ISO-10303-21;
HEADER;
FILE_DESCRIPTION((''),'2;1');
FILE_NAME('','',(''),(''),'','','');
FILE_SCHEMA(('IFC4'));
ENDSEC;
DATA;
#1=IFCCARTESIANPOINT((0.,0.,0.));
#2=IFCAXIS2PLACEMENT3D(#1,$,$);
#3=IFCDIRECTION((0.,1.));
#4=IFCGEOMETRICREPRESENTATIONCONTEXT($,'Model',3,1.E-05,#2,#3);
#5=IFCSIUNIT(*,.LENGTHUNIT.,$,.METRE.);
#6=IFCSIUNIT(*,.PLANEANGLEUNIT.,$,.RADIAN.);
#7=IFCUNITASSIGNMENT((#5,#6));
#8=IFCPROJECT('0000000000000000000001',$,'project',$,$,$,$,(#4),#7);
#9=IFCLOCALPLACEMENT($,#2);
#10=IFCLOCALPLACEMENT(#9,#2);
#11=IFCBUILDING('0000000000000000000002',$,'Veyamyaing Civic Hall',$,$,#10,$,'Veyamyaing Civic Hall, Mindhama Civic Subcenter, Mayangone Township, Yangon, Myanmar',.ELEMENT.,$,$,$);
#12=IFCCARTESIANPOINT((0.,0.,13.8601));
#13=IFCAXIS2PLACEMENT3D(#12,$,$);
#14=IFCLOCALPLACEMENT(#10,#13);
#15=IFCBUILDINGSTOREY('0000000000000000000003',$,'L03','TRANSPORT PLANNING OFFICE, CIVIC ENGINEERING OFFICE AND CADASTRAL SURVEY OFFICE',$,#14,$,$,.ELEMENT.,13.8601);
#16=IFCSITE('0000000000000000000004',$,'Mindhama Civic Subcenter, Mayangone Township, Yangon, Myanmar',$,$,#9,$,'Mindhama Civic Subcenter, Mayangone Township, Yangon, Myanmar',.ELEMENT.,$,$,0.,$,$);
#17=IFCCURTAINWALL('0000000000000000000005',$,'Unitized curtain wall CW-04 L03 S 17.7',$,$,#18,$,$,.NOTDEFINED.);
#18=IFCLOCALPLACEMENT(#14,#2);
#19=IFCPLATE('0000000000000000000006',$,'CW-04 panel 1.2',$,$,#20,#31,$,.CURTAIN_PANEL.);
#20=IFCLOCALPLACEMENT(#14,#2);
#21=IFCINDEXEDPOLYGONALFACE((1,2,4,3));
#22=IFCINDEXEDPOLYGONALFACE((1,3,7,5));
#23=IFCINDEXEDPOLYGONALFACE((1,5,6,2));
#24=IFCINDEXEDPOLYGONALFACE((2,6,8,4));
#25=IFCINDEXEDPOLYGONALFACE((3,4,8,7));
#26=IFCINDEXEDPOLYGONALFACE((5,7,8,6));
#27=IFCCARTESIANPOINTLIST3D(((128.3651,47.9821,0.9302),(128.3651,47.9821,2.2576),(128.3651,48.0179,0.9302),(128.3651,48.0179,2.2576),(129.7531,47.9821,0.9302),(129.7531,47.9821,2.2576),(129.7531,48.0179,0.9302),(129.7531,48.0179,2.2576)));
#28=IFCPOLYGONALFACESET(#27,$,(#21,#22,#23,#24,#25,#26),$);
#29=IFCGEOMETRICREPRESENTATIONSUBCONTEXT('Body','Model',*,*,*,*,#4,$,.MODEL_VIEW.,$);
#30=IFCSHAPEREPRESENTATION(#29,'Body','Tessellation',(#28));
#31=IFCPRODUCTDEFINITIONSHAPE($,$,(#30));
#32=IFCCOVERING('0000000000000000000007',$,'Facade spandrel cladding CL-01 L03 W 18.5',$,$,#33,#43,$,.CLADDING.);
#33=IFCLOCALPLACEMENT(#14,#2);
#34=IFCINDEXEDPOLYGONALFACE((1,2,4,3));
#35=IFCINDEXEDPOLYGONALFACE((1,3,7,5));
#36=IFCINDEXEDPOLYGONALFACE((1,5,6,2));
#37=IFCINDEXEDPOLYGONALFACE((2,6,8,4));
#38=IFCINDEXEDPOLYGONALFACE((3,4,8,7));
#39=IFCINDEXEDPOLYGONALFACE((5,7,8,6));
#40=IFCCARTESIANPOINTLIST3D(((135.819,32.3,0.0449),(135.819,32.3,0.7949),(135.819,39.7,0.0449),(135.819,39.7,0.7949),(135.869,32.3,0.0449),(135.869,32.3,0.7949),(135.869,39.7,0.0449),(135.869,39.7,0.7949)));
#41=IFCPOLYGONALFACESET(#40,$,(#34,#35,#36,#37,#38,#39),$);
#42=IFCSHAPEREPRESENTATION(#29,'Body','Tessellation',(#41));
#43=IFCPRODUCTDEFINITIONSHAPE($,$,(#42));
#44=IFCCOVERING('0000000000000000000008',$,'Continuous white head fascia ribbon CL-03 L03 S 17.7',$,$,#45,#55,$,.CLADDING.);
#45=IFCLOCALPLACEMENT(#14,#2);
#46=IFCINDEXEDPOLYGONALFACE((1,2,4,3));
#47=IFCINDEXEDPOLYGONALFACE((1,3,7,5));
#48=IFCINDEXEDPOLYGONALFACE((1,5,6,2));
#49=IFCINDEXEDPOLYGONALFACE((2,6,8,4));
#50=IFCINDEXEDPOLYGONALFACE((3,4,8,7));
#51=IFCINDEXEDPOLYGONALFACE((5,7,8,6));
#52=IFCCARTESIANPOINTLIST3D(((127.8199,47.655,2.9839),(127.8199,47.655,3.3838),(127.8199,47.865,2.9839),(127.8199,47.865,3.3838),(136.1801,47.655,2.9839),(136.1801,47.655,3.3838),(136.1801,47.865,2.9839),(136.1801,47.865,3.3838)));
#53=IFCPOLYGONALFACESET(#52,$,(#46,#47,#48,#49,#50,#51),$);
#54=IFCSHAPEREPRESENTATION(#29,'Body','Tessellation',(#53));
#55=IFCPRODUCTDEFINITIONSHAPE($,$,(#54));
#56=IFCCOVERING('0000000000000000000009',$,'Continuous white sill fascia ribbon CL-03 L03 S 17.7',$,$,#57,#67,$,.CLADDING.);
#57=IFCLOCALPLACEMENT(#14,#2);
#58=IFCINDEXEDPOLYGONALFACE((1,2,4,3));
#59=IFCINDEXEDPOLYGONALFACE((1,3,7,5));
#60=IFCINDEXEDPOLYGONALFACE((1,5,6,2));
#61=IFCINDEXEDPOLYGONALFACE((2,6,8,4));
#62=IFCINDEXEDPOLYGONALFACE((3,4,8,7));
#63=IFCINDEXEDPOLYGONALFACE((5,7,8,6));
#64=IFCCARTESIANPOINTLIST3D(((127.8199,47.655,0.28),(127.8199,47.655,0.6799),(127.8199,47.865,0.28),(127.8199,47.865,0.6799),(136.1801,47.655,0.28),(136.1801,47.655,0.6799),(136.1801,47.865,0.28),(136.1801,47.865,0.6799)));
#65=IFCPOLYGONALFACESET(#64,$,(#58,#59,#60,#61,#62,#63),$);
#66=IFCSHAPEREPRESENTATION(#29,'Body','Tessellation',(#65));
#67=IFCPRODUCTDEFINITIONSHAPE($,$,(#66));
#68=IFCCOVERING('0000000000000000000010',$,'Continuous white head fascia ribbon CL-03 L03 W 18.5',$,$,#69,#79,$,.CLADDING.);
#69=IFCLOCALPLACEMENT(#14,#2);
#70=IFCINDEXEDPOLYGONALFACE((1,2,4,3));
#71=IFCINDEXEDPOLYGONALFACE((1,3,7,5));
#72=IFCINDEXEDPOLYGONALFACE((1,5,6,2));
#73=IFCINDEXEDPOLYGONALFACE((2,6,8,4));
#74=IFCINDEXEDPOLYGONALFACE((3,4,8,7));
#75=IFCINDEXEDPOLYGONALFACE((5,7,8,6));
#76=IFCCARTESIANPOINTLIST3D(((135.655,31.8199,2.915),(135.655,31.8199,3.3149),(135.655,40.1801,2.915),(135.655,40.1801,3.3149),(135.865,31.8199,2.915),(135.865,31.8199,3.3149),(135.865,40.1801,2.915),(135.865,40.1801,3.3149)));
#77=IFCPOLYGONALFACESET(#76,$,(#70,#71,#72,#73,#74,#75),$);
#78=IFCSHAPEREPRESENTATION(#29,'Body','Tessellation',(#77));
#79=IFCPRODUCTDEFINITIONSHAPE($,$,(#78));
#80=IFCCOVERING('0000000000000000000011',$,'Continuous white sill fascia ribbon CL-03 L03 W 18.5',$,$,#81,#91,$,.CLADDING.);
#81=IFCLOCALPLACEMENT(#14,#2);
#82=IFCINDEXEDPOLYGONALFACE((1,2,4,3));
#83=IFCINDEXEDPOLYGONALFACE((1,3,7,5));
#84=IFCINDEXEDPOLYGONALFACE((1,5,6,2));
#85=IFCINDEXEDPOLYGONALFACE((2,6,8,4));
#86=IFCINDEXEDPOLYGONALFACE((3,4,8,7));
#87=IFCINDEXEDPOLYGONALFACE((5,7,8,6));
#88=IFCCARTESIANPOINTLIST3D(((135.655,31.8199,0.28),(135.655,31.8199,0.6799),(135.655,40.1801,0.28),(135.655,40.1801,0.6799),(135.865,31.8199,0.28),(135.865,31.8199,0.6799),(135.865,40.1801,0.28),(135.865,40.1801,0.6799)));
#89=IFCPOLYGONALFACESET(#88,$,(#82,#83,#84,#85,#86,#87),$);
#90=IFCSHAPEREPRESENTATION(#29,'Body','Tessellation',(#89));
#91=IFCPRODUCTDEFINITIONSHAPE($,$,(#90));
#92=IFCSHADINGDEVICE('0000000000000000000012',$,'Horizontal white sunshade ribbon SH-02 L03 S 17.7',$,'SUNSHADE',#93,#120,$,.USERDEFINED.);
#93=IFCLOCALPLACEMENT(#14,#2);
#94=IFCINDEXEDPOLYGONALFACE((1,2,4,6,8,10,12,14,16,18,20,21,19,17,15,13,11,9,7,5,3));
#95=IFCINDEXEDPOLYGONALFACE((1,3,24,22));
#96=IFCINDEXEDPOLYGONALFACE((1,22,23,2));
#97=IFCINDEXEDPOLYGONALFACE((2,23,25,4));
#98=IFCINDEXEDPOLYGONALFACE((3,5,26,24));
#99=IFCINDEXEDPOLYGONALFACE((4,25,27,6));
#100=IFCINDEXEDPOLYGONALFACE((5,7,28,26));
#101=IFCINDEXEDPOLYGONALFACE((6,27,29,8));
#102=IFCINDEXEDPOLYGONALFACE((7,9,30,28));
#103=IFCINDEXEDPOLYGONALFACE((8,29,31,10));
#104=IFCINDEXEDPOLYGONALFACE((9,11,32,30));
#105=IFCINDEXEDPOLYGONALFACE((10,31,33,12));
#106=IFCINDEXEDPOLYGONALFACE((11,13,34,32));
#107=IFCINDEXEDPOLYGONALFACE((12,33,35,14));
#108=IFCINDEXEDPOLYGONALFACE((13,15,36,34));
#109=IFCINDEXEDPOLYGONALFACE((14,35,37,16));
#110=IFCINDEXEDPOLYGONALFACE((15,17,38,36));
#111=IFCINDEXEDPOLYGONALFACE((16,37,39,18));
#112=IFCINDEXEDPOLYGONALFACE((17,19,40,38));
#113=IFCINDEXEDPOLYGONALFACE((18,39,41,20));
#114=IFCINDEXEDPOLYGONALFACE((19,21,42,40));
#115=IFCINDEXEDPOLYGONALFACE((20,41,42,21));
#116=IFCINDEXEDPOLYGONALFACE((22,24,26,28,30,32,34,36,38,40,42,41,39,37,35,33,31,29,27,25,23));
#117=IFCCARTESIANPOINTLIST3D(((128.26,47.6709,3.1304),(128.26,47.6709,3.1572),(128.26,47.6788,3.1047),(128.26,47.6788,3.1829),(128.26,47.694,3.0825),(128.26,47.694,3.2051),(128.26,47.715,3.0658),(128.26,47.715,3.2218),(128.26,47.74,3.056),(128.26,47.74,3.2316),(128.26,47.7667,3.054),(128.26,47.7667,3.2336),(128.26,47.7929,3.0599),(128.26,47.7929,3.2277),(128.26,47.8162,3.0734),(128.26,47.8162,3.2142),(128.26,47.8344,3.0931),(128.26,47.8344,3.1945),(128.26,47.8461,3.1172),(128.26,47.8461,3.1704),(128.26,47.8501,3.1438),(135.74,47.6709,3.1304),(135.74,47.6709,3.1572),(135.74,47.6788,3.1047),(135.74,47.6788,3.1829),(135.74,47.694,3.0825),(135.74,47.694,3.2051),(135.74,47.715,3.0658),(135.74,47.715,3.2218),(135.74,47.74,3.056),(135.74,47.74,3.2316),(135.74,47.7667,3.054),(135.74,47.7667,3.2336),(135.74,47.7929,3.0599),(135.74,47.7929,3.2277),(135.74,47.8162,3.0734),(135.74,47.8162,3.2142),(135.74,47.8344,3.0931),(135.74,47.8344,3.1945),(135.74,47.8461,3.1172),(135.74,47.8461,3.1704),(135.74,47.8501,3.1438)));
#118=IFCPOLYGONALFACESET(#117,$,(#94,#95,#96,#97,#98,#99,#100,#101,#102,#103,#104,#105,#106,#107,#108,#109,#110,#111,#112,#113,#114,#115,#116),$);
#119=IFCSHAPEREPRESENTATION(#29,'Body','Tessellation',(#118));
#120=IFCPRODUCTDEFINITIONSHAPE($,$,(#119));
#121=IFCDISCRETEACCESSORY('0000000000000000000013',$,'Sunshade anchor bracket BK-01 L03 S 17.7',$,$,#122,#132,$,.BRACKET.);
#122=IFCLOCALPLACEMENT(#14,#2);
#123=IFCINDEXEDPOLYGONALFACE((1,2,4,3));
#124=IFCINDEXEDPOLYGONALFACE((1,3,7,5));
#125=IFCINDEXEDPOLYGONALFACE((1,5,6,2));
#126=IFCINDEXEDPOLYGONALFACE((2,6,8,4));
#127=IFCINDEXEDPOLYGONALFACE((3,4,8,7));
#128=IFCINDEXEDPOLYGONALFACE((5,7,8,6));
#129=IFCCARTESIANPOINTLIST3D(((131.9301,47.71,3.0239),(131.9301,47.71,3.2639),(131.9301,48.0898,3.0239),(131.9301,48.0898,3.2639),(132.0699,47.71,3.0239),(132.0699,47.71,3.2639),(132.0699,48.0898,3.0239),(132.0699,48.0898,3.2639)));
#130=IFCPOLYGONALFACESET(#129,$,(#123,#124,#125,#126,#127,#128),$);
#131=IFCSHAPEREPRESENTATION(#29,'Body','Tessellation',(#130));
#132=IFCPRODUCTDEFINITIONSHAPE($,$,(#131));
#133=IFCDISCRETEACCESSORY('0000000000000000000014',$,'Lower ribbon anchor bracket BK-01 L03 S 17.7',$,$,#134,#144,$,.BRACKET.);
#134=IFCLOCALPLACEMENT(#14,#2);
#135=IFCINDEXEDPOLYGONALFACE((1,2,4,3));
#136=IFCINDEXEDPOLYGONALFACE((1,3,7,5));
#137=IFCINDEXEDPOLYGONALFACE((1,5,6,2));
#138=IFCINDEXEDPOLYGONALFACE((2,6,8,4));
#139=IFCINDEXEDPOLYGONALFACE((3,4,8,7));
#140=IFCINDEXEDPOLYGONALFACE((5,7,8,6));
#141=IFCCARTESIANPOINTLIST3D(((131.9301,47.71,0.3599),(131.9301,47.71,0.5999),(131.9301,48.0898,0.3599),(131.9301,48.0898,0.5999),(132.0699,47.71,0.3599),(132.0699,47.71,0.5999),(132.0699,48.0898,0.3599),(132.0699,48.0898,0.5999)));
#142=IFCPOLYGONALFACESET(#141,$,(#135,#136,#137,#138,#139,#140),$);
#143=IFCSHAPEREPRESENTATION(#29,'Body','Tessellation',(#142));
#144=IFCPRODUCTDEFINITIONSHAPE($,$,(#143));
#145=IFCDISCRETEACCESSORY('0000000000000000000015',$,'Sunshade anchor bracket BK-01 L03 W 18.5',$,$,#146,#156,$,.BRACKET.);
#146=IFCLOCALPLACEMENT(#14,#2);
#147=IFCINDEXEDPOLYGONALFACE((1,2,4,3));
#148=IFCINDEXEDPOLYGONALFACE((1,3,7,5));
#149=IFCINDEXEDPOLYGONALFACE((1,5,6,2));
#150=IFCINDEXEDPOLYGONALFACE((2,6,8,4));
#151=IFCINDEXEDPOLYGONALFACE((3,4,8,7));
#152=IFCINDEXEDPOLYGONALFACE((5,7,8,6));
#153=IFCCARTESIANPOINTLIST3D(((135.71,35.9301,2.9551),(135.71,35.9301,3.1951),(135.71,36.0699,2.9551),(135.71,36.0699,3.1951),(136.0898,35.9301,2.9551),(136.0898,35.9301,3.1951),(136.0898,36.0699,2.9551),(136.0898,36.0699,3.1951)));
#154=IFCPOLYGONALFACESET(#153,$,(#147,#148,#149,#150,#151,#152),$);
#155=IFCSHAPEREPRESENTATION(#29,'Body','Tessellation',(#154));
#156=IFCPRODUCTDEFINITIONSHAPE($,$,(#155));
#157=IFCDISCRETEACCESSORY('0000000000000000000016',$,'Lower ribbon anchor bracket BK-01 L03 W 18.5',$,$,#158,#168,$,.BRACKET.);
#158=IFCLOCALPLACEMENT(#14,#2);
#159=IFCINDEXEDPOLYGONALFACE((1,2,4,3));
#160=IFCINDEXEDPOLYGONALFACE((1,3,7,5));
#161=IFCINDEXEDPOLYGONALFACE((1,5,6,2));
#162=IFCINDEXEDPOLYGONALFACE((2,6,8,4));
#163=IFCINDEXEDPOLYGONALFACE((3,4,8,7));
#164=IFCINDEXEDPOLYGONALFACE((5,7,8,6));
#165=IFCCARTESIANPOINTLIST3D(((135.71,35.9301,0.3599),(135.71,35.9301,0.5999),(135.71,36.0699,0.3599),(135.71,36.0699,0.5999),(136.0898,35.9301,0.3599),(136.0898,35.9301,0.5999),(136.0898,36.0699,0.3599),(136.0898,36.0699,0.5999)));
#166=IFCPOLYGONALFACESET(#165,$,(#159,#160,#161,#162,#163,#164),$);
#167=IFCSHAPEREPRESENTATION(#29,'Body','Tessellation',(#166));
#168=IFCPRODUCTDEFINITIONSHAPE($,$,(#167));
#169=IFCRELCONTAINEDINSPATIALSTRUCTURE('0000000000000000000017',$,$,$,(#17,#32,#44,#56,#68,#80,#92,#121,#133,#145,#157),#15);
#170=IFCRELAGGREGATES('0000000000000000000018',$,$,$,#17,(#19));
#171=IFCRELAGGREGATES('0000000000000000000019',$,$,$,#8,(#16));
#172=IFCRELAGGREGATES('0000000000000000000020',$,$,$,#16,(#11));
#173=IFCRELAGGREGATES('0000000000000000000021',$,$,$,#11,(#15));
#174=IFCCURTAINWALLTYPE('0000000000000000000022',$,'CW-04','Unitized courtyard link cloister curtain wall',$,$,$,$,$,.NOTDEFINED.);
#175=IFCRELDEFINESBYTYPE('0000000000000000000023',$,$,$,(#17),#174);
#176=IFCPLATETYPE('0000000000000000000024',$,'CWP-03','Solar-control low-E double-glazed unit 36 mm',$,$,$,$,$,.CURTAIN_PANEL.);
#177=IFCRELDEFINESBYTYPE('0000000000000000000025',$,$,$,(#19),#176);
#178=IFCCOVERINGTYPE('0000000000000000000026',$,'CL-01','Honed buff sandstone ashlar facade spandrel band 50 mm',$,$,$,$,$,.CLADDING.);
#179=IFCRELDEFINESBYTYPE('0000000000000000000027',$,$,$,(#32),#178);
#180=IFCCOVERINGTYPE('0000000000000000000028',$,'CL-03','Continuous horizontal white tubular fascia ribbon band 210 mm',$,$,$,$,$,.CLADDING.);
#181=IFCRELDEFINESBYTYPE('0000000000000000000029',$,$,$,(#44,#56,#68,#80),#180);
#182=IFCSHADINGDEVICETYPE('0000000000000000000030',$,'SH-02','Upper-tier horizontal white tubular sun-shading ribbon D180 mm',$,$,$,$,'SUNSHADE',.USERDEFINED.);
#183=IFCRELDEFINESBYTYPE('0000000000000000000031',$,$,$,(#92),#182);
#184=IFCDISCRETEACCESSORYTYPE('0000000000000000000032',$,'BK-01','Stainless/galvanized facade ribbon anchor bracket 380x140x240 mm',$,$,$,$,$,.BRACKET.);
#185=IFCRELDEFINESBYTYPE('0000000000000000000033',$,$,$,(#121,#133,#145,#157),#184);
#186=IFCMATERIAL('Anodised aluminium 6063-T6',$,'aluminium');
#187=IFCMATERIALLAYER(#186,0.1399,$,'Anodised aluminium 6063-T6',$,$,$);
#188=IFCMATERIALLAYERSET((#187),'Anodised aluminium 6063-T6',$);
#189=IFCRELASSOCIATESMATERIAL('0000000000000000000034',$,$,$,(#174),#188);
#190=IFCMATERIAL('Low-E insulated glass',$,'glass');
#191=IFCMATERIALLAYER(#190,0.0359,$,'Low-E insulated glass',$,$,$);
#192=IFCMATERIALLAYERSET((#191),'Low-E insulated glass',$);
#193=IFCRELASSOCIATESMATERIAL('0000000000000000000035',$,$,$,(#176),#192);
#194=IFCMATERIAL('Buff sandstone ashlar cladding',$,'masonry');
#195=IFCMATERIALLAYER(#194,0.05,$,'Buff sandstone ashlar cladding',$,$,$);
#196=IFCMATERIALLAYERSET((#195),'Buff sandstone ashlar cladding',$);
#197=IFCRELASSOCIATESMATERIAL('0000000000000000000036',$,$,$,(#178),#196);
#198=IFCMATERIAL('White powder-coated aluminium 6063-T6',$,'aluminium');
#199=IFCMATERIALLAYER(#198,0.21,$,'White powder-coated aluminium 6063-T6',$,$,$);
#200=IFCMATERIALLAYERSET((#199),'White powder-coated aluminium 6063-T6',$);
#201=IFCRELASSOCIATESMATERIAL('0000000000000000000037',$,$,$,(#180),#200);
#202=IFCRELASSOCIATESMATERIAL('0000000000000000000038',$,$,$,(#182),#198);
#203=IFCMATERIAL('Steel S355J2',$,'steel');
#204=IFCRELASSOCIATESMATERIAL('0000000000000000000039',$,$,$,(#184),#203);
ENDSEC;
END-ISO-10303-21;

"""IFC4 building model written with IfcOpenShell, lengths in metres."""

from ifc_helpers import new_model, si_unit, direction, frame, origin, origin_2d, place, context, subcontext, project, spatial, rectangle, circle, extrude, material, layer, layer_set, material_profile, profile_set, type_object, element, aggregate, save


model = new_model("IFC4")

# Units and contexts
model_context = context("Model", 3, precision=1e-05, world=origin(), true_north=direction((0.0, 1.0)))
body_context = subcontext(model_context, "Body", "Model", "MODEL_VIEW")
ifc_project = project(units=[si_unit("LENGTHUNIT", "METRE"), si_unit("PLANEANGLEUNIT", "RADIAN")], contexts=[model_context])

# Site, building, storey
site_placement = place(None, origin())
site = spatial("IfcSite", under=ifc_project, at=site_placement, Name="Mindhama Civic Subcenter, Mayangone Township, Yangon, Myanmar", LongName="Mindhama Civic Subcenter, Mayangone Township, Yangon, Myanmar", CompositionType="ELEMENT", RefElevation=0.0)
building_placement = place(site_placement, origin())
building = spatial("IfcBuilding", under=site, at=building_placement, Name="Veyamyaing Civic Hall", LongName="Veyamyaing Civic Hall, Mindhama Civic Subcenter, Mayangone Township, Yangon, Myanmar", CompositionType="ELEMENT")
storey_placement = place(building_placement, frame((0.0, 0.0, 13.8601)))
storey = spatial("IfcBuildingStorey", under=building, at=storey_placement, Name="L03", Description="TRANSPORT PLANNING OFFICE, CIVIC ENGINEERING OFFICE AND CADASTRAL SURVEY OFFICE", CompositionType="ELEMENT", Elevation=13.8601)

# Shared definitions
ifc_material_1 = material(Name="Anodised aluminium 6063-T6", Category="aluminium")
ifc_layer_1 = layer(ifc_material_1, 0.1399, Name="Anodised aluminium 6063-T6")
ifc_layer_set_1 = layer_set([ifc_layer_1], Name="Anodised aluminium 6063-T6")
curtain_wall_type = type_object("IfcCurtainWallType", Name="CW-04", Description="Unitized courtyard link cloister curtain wall", PredefinedType="NOTDEFINED", material=ifc_layer_set_1)

# Curtain wall
curtain_wall_1_placement = place(storey_placement, origin())
curtain_wall_1 = element("IfcCurtainWall", 1, at=curtain_wall_1_placement, inside=storey, type_object=curtain_wall_type, Name="Unitized curtain wall CW-04 L03 S 17.7", PredefinedType="NOTDEFINED")

# Plate
ifc_material_2 = material(Name="Low-E insulated glass", Category="glass")
ifc_layer_2 = layer(ifc_material_2, 0.0359, Name="Low-E insulated glass")
ifc_layer_set_2 = layer_set([ifc_layer_2], Name="Low-E insulated glass")
plate_type_1 = type_object("IfcPlateType", Name="CWP-03", Description="Solar-control low-E double-glazed unit 36 mm", PredefinedType="CURTAIN_PANEL", material=ifc_layer_set_2)
plate_1_placement = place(storey_placement, frame((129.0591, 48.0, 0.9302), z_axis=(0.0, 0.0, 1.0), x_axis=(1.0, 0.0, 0.0)))
plate_1 = element("IfcPlate", 2, at=plate_1_placement, type_object=plate_type_1, Name="CW-04 panel 1.2", PredefinedType="CURTAIN_PANEL", context=body_context, shape_type="SweptSolid", body=[
    extrude(rectangle(XDim=1.3879, YDim=0.0359, at=origin_2d()), origin(), (0.0, 0.0, 1.0), 1.3274),
])
aggregate(curtain_wall_1, [plate_1])

# Coverings
ifc_material_3 = material(Name="Buff sandstone ashlar cladding", Category="masonry")
ifc_layer_3 = layer(ifc_material_3, 0.05, Name="Buff sandstone ashlar cladding")
ifc_layer_set_3 = layer_set([ifc_layer_3], Name="Buff sandstone ashlar cladding")
covering_type_1 = type_object("IfcCoveringType", Name="CL-01", Description="Honed buff sandstone ashlar facade spandrel band 50 mm", PredefinedType="CLADDING", material=ifc_layer_set_3)
covering_placement = place(storey_placement, frame((135.844, 36.0, 0.0449), z_axis=(0.0, 0.0, 1.0), x_axis=(0.0, 1.0, 0.0)))
element("IfcCovering", 3, at=covering_placement, inside=storey, type_object=covering_type_1, Name="Facade spandrel cladding CL-01 L03 W 18.5", PredefinedType="CLADDING", context=body_context, shape_type="SweptSolid", body=[
    extrude(rectangle(XDim=7.3999, YDim=0.05, at=origin_2d()), origin(), (0.0, 0.0, 1.0), 0.75),
])
ifc_material_4 = material(Name="White powder-coated aluminium 6063-T6", Category="aluminium")
ifc_layer_4 = layer(ifc_material_4, 0.21, Name="White powder-coated aluminium 6063-T6")
ifc_layer_set_4 = layer_set([ifc_layer_4], Name="White powder-coated aluminium 6063-T6")
covering_type_2 = type_object("IfcCoveringType", Name="CL-03", Description="Continuous horizontal white tubular fascia ribbon band 210 mm", PredefinedType="CLADDING", material=ifc_layer_set_4)
for number, where, z_axis, x_axis, name in (
    (4, (132.0, 47.76, 2.9839), (0.0, 0.0, 1.0), (1.0, 0.0, 0.0), "Continuous white head fascia ribbon CL-03 L03 S 17.7"),
    (5, (132.0, 47.76, 0.28), (0.0, 0.0, 1.0), (1.0, 0.0, 0.0), "Continuous white sill fascia ribbon CL-03 L03 S 17.7"),
    (6, (135.76, 36.0, 2.915), (0.0, 0.0, 1.0), (0.0, 1.0, 0.0), "Continuous white head fascia ribbon CL-03 L03 W 18.5"),
    (7, (135.76, 36.0, 0.28), (0.0, 0.0, 1.0), (0.0, 1.0, 0.0), "Continuous white sill fascia ribbon CL-03 L03 W 18.5"),
):
    element("IfcCovering", number, at=place(storey_placement, frame(where, z_axis=z_axis, x_axis=x_axis)), inside=storey, type_object=covering_type_2, Name=name, PredefinedType="CLADDING", context=body_context, shape_type="SweptSolid", body=[
        extrude(rectangle(XDim=8.3601, YDim=0.21, at=origin_2d()), origin(), (0.0, 0.0, 1.0), 0.3999),
    ])

# Shading device
ifc_material_profile_1 = material_profile(ifc_material_4, circle(Radius=0.0901, at=origin_2d()), Name="SHADE-TUBE-180")
ifc_profile_set_1 = profile_set([ifc_material_profile_1], Name="White powder-coated aluminium 6063-T6")
shading_device_type = type_object("IfcShadingDeviceType", Name="SH-02", Description="Upper-tier horizontal white tubular sun-shading ribbon D180 mm", ElementType="SUNSHADE", PredefinedType="USERDEFINED", material=ifc_profile_set_1)
shading_device_placement = place(storey_placement, frame((128.26, 47.76, 3.1438), z_axis=(1.0, 0.0, 0.0), x_axis=(0.0, 1.0, 0.0)))
element("IfcShadingDevice", 8, at=shading_device_placement, inside=storey, type_object=shading_device_type, Name="Horizontal white sunshade ribbon SH-02 L03 S 17.7", ObjectType="SUNSHADE", PredefinedType="USERDEFINED", context=body_context, shape_type="SweptSolid", body=[
    extrude(circle(Radius=0.0901, at=origin_2d()), origin(), (0.0, 0.0, 1.0), 7.48),
])

# Discrete accessories
ifc_material_5 = material(Name="Steel S355J2", Category="steel")
discrete_accessory_type = type_object("IfcDiscreteAccessoryType", Name="BK-01", Description="Stainless/galvanized facade ribbon anchor bracket 380x140x240 mm", PredefinedType="BRACKET", material=ifc_material_5)
for number, where, z_axis, x_axis, name in (
    (9, (132.0, 47.8999, 3.0239), (0.0, 0.0, 1.0), (0.0, -1.0, 0.0), "Sunshade anchor bracket BK-01 L03 S 17.7"),
    (10, (132.0, 47.8999, 0.3599), (0.0, 0.0, 1.0), (0.0, -1.0, 0.0), "Lower ribbon anchor bracket BK-01 L03 S 17.7"),
    (11, (135.8999, 36.0, 2.9551), (0.0, 0.0, 1.0), (-1.0, 0.0, 0.0), "Sunshade anchor bracket BK-01 L03 W 18.5"),
    (12, (135.8999, 36.0, 0.3599), (0.0, 0.0, 1.0), (-1.0, 0.0, 0.0), "Lower ribbon anchor bracket BK-01 L03 W 18.5"),
):
    element("IfcDiscreteAccessory", number, at=place(storey_placement, frame(where, z_axis=z_axis, x_axis=x_axis)), inside=storey, type_object=discrete_accessory_type, Name=name, PredefinedType="BRACKET", context=body_context, shape_type="SweptSolid", body=[
        extrude(rectangle(XDim=0.3799, YDim=0.1399, at=origin_2d()), origin(), (0.0, 0.0, 1.0), 0.24),
    ])

save(model, "model.ifc")
